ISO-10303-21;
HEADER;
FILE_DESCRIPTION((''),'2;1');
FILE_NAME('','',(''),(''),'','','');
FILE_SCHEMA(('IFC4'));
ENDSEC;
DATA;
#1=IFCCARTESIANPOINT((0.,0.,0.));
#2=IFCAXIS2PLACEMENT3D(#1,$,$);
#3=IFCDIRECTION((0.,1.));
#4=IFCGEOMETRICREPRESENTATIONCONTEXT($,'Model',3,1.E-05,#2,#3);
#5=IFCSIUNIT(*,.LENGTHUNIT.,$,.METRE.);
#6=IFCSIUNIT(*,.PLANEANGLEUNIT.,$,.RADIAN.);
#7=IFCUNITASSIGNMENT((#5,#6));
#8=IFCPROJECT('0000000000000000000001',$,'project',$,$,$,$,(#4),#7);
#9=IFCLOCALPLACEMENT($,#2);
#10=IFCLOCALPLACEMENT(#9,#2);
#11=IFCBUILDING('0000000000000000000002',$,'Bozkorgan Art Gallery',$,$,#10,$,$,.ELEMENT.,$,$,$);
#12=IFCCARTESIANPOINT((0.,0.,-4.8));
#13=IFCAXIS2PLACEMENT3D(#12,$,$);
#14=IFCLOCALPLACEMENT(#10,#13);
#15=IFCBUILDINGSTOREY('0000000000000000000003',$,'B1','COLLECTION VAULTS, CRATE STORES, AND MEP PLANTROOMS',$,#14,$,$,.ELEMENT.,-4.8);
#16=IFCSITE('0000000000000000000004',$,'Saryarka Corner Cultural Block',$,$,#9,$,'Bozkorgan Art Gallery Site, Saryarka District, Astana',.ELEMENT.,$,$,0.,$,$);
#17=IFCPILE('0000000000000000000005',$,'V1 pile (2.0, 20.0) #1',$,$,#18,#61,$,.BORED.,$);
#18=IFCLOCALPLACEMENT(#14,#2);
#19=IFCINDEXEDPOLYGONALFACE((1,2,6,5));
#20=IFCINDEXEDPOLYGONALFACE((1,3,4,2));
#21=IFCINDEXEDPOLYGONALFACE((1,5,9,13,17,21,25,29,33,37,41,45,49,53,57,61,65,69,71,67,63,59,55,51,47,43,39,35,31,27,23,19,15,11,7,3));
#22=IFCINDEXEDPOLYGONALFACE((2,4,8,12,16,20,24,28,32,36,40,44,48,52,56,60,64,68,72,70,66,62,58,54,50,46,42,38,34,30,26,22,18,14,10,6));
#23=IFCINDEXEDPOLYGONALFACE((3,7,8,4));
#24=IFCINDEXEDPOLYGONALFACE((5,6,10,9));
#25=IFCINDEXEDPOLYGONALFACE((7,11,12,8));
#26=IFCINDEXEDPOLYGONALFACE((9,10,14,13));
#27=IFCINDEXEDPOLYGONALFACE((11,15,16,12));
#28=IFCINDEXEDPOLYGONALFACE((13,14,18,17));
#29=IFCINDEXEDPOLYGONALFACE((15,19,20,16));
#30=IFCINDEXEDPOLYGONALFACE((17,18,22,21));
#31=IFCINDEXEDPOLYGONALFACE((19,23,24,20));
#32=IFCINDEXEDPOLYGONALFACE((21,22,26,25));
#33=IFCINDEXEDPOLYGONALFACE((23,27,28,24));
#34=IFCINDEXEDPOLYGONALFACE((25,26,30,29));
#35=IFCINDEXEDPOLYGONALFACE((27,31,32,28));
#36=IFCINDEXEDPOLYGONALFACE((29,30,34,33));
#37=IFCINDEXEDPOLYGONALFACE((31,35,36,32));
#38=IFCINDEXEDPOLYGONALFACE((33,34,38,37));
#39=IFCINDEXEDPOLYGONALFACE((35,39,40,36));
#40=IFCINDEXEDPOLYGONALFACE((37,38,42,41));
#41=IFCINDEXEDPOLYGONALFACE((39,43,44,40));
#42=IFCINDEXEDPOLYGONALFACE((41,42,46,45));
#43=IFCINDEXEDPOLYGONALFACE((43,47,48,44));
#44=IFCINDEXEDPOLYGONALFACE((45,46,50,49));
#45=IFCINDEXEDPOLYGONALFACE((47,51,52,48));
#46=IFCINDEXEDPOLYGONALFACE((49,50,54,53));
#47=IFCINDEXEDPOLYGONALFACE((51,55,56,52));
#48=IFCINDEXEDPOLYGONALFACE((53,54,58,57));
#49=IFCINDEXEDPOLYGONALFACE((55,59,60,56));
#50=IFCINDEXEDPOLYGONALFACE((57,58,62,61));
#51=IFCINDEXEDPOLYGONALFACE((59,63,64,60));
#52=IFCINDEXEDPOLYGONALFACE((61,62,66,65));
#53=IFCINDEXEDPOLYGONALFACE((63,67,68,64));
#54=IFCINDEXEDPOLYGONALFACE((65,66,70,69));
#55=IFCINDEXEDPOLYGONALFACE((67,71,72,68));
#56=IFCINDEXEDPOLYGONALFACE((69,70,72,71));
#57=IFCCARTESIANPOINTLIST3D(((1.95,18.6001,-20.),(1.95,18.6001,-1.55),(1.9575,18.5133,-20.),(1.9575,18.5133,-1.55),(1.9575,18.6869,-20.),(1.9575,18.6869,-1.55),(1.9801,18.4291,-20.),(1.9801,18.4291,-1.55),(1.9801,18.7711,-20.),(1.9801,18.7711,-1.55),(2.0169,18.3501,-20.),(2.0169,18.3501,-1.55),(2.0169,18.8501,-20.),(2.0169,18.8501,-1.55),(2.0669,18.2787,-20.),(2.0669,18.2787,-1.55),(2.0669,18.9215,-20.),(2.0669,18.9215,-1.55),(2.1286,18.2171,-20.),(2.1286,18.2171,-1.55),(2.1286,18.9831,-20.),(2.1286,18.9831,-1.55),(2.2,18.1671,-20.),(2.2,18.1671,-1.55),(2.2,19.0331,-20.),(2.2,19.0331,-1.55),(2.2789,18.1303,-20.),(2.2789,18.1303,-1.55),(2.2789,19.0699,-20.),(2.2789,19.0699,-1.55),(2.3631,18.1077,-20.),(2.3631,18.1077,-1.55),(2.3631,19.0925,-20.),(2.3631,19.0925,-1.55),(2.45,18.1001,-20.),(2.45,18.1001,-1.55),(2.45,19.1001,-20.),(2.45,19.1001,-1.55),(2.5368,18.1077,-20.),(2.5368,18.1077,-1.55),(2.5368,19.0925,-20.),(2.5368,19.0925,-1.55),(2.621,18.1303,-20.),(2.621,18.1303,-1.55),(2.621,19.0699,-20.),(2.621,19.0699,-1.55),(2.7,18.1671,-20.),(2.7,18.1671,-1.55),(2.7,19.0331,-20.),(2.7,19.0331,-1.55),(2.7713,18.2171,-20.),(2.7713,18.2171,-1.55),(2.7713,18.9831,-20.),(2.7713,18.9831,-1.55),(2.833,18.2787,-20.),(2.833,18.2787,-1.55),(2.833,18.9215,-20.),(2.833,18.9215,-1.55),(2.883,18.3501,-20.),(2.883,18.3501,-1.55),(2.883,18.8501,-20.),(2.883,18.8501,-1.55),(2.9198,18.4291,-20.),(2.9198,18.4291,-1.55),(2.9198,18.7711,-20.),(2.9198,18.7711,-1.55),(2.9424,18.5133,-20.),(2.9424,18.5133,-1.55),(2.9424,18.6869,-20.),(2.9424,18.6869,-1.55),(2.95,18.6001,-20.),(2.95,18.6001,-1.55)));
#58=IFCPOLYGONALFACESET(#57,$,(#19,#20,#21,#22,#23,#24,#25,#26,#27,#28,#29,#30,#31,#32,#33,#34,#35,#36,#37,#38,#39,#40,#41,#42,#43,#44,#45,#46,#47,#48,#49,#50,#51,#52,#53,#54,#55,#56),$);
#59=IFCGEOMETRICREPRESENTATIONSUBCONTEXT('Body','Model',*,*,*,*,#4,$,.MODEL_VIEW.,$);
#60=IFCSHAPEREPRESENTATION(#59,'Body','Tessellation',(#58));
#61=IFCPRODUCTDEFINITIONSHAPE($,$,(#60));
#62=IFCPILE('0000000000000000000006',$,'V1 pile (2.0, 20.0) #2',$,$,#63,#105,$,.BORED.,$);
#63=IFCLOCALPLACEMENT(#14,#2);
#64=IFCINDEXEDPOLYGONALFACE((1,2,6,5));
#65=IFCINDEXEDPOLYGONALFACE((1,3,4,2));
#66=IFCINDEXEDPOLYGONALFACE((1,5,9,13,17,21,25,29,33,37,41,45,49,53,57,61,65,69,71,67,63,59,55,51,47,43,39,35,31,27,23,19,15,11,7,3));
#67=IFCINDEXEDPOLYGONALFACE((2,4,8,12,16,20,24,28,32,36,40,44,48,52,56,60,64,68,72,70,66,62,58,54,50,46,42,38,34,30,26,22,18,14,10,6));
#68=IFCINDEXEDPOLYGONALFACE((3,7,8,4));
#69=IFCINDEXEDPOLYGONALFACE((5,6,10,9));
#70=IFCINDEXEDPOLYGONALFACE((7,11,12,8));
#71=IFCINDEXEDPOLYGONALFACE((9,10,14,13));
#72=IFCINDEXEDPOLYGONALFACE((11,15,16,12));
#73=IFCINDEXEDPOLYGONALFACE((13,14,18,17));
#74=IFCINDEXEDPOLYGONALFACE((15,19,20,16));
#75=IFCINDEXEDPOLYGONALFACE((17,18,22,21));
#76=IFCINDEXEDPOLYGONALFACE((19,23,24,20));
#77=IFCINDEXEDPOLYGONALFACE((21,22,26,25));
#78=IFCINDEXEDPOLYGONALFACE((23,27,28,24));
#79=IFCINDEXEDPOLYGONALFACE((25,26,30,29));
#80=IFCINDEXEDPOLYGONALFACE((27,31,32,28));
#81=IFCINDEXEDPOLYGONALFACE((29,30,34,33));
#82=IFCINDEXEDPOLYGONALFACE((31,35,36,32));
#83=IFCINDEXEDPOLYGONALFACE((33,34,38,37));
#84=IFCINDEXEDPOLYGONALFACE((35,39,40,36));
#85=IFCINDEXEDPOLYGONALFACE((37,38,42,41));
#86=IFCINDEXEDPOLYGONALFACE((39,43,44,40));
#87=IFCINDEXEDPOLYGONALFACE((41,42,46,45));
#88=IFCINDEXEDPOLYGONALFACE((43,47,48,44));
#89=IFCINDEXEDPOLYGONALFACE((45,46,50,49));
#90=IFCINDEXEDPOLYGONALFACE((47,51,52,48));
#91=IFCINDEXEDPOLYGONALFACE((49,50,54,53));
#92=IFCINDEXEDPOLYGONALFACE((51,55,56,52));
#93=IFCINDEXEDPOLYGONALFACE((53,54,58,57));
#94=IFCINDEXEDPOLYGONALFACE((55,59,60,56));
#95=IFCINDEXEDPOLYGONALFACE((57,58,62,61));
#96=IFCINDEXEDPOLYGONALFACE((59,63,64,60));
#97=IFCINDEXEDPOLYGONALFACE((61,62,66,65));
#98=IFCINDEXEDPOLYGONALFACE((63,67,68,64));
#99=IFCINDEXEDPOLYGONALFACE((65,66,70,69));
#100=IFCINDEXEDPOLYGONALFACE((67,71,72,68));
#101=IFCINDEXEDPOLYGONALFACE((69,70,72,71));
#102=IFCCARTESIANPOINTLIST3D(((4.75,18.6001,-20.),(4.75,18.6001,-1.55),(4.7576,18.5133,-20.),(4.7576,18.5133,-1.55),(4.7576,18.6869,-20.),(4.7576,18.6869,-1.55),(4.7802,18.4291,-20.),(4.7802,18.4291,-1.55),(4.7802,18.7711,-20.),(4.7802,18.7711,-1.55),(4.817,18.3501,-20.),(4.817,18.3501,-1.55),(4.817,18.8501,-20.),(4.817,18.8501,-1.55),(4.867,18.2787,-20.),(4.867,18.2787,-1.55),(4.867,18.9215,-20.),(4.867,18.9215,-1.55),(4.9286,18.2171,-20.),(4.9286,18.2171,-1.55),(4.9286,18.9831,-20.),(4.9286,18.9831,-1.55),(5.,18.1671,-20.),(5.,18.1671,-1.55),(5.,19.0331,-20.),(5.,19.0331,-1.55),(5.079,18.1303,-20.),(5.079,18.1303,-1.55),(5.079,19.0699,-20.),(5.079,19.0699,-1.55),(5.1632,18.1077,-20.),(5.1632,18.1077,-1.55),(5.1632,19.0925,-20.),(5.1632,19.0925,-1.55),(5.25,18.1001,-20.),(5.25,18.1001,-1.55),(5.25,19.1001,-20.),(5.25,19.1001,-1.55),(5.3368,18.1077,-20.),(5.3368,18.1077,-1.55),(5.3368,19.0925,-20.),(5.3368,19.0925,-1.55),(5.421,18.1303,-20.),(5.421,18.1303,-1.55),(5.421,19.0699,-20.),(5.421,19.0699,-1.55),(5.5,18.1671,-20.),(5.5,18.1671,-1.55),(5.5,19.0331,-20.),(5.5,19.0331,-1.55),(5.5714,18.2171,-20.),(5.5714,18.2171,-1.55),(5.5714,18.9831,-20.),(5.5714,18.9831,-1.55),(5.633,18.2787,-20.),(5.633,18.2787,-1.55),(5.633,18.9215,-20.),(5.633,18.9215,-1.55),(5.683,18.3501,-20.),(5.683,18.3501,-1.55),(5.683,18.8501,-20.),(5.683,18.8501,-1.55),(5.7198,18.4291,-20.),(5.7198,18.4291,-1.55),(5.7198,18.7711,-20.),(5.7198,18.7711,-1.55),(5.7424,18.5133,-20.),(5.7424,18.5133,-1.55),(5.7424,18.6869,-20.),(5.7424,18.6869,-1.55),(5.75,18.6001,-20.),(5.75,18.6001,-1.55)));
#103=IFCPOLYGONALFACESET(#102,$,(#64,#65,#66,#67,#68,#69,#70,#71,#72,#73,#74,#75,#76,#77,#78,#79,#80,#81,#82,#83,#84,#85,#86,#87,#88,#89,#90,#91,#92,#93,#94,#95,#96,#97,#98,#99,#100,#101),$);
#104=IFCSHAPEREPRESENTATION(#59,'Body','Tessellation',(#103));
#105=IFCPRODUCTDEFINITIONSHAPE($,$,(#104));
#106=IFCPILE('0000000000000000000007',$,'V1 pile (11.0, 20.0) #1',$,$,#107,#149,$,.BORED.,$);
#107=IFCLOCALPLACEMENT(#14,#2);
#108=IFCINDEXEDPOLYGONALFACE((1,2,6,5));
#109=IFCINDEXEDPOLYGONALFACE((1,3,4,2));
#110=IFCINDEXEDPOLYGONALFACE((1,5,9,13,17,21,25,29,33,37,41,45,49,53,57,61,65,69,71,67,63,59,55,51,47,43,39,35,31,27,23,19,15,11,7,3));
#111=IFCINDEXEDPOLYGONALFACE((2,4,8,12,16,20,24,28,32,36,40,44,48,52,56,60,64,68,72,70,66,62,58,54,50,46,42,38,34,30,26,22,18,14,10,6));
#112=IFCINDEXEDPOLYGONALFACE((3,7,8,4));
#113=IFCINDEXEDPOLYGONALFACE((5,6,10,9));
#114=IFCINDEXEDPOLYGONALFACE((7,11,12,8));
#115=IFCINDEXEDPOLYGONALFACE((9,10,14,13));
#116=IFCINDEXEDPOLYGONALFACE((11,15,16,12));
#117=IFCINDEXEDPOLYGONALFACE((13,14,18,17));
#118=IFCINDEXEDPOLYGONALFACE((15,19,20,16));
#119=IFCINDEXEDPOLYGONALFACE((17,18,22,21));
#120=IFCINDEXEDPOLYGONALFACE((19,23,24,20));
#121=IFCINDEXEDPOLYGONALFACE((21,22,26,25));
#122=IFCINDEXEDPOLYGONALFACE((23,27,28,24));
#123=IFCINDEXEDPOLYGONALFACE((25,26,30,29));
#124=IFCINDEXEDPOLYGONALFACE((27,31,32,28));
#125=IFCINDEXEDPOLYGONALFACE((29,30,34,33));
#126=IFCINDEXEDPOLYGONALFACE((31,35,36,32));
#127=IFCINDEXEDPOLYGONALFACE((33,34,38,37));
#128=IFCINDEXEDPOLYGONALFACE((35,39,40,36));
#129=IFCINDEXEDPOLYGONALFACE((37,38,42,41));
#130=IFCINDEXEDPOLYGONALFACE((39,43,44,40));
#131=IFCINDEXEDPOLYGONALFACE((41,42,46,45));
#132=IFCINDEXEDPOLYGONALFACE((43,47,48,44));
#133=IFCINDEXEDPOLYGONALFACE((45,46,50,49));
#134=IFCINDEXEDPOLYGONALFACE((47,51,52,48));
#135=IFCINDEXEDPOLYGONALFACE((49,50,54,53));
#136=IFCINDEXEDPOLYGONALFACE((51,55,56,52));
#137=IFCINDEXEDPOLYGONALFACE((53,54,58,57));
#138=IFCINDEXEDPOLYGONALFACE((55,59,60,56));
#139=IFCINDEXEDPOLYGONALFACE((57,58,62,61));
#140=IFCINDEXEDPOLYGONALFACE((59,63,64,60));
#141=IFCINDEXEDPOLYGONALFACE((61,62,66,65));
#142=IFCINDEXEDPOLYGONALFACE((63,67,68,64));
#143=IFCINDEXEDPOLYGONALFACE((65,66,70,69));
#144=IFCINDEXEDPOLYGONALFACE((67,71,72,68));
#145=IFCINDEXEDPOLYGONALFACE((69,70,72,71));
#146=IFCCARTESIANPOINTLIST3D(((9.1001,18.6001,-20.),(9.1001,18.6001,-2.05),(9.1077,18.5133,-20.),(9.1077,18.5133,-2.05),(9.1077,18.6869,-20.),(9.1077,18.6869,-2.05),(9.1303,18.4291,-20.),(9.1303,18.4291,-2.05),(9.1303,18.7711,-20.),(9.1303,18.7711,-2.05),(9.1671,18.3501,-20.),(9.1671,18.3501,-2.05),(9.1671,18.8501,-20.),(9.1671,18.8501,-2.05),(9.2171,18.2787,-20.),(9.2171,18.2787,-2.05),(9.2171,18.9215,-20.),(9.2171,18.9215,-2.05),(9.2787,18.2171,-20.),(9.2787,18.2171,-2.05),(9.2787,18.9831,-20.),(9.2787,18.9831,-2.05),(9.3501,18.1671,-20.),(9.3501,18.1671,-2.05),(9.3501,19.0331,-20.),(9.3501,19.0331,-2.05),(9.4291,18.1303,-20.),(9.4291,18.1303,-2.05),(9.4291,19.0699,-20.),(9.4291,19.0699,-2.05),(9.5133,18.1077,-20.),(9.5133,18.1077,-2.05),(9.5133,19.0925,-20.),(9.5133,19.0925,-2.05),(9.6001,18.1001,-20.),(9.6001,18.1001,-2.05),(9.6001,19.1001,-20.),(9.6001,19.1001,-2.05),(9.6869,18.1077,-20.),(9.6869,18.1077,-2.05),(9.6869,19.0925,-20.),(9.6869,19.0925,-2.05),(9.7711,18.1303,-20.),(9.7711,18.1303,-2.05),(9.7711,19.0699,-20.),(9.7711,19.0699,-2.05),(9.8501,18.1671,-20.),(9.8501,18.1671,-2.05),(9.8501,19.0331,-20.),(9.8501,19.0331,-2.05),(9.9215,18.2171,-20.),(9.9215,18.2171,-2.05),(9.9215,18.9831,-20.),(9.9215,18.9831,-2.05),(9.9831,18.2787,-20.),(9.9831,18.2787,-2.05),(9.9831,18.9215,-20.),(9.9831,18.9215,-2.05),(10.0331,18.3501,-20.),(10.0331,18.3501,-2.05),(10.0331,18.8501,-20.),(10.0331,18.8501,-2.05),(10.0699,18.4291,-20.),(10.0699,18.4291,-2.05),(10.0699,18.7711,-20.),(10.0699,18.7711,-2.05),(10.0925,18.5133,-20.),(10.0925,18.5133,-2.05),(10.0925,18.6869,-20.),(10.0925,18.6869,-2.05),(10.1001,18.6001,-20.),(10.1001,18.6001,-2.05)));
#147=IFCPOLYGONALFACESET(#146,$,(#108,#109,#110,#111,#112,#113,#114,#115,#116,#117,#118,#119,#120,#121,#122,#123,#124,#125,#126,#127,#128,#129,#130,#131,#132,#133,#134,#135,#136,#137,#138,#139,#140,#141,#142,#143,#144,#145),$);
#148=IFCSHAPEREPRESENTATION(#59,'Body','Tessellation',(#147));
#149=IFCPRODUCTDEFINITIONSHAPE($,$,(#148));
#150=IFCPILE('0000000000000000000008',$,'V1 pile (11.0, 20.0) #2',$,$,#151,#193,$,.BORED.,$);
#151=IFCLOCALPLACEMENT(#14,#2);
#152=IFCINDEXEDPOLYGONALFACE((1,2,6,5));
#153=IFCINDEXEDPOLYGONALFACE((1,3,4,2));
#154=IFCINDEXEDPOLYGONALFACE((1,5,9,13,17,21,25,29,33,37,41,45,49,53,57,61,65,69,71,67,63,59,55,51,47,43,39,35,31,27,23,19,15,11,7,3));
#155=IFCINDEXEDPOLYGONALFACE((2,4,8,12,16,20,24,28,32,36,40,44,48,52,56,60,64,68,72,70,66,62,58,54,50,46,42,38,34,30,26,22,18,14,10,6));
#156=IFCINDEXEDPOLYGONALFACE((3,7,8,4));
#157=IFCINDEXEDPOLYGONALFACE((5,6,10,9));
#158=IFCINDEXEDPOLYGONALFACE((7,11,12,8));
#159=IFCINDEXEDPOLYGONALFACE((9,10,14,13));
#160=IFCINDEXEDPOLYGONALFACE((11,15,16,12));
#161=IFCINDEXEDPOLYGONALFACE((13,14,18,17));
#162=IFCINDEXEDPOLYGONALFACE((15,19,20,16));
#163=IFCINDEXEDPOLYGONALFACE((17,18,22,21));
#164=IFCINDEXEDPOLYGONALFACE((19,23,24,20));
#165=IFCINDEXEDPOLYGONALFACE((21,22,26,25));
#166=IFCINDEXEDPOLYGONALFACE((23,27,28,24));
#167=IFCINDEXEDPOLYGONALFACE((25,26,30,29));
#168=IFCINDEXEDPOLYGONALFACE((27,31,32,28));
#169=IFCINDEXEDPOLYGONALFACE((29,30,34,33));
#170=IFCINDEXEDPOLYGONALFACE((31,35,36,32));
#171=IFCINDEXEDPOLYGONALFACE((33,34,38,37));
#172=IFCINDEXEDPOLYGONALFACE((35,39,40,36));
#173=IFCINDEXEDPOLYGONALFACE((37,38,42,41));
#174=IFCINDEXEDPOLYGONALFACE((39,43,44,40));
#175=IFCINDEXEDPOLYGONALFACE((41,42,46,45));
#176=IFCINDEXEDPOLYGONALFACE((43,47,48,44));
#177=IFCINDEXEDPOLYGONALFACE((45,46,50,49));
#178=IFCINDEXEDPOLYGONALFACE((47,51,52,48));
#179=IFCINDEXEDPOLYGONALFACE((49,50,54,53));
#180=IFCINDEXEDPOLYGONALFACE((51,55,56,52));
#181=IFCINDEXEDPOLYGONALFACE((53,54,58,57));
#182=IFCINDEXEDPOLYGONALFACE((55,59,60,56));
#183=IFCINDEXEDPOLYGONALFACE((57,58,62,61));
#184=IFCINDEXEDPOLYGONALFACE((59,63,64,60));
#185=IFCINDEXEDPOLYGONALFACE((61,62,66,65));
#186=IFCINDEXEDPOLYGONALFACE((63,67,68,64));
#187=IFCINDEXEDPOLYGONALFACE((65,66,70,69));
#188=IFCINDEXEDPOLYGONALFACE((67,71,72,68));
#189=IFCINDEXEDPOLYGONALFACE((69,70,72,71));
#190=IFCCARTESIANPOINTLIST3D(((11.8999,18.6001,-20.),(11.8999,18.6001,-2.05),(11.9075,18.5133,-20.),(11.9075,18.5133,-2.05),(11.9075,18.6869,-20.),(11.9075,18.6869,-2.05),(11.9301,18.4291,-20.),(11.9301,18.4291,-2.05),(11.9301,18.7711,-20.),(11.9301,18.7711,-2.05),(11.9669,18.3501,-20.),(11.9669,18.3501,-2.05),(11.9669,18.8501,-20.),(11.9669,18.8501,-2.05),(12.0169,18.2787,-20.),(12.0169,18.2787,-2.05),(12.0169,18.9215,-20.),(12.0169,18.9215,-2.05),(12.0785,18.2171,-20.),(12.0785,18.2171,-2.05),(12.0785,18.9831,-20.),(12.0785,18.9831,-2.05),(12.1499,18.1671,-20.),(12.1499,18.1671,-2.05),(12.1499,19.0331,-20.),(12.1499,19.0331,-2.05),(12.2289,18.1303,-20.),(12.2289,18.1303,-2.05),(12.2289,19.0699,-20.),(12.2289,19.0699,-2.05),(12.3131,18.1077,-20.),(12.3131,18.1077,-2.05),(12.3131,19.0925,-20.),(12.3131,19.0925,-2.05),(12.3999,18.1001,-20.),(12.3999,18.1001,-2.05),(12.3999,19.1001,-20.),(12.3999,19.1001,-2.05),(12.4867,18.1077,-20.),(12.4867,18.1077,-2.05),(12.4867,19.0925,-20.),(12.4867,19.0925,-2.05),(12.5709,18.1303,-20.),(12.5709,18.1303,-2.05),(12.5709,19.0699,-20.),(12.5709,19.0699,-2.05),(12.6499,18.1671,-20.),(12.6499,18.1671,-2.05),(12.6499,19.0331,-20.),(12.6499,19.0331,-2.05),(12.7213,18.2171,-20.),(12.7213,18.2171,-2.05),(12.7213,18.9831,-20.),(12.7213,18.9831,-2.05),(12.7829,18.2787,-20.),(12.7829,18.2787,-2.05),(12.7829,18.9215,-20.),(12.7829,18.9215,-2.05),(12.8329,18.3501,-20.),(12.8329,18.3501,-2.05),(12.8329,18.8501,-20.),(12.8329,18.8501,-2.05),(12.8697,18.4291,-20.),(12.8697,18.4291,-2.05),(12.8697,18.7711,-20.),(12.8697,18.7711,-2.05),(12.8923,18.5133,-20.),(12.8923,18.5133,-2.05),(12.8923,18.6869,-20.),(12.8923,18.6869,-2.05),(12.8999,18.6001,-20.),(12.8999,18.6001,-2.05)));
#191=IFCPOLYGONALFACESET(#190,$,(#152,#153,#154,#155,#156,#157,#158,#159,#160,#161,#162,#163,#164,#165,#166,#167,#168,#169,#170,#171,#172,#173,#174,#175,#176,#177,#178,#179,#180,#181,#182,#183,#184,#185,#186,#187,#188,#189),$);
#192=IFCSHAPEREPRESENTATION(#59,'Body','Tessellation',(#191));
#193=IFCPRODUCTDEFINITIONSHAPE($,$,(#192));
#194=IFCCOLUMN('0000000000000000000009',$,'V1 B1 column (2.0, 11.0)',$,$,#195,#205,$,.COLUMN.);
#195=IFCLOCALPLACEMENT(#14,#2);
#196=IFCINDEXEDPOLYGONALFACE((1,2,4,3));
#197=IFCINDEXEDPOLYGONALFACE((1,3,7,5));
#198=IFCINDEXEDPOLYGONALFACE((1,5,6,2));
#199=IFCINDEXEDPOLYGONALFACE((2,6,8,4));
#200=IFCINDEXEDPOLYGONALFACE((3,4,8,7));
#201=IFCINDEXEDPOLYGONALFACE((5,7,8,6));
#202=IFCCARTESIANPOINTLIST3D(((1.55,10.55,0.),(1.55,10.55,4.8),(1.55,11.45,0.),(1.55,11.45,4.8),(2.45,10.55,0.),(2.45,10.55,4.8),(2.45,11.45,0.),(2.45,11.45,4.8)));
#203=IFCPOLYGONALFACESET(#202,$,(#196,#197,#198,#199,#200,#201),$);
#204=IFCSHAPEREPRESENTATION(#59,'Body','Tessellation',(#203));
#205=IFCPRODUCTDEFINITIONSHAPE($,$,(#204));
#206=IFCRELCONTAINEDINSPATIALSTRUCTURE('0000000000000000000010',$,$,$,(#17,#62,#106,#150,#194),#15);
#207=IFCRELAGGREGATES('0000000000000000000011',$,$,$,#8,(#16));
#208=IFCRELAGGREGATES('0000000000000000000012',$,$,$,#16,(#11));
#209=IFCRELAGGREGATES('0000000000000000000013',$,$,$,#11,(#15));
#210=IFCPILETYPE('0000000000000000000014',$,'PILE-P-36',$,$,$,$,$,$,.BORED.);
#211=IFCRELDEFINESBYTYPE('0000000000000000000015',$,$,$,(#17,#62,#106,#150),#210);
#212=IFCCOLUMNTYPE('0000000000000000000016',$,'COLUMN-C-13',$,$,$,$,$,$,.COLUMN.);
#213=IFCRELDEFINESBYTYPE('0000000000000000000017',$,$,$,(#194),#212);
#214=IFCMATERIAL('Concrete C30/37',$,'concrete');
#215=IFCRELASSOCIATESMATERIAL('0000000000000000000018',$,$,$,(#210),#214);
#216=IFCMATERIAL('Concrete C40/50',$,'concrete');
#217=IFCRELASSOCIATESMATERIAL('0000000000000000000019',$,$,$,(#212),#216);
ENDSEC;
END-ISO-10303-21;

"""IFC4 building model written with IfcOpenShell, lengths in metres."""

from ifc_helpers import new_model, si_unit, direction, frame, origin, origin_2d, place, context, subcontext, project, spatial, rectangle, circle, extrude, material, material_profile, profile_set, type_object, element, save


model = new_model("IFC4")

# Units and contexts
model_context = context("Model", 3, precision=1e-05, world=origin(), true_north=direction((0.0, 1.0)))
body_context = subcontext(model_context, "Body", "Model", "MODEL_VIEW")
ifc_project = project(units=[si_unit("LENGTHUNIT", "METRE"), si_unit("PLANEANGLEUNIT", "RADIAN")], contexts=[model_context])

# Site, building, storey
site_placement = place(None, origin())
site = spatial("IfcSite", under=ifc_project, at=site_placement, Name="Saryarka Corner Cultural Block", LongName="Bozkorgan Art Gallery Site, Saryarka District, Astana", CompositionType="ELEMENT", RefElevation=0.0)
building_placement = place(site_placement, origin())
building = spatial("IfcBuilding", under=site, at=building_placement, Name="Bozkorgan Art Gallery", CompositionType="ELEMENT")
storey_placement = place(building_placement, frame((0.0, 0.0, -4.8)))
storey = spatial("IfcBuildingStorey", under=building, at=storey_placement, Name="B1", Description="COLLECTION VAULTS, CRATE STORES, AND MEP PLANTROOMS", CompositionType="ELEMENT", Elevation=-4.8)

# Shared definitions
ifc_material_1 = material(Name="Concrete C30/37", Category="concrete")

# Piles
ifc_material_profile_1 = material_profile(ifc_material_1, circle(Radius=0.5, at=origin_2d()), Name="PILE D1000")
ifc_profile_set_1 = profile_set([ifc_material_profile_1], Name="Concrete C30/37")
pile_type = type_object("IfcPileType", Name="PILE-P-36", PredefinedType="BORED", material=ifc_profile_set_1)
for number, where, z_axis, x_axis, name in (
    (1, (2.45, 18.6001, -1.55), (0.0, 0.0, -1.0), (1.0, 0.0, 0.0), "V1 pile (2.0, 20.0) #1"),
    (2, (5.25, 18.6001, -1.55), (0.0, 0.0, -1.0), (1.0, 0.0, 0.0), "V1 pile (2.0, 20.0) #2"),
):
    element("IfcPile", number, at=place(storey_placement, frame(where, z_axis=z_axis, x_axis=x_axis)), inside=storey, type_object=pile_type, Name=name, PredefinedType="BORED", context=body_context, shape_type="SweptSolid", body=[
        extrude(circle(Radius=0.5, at=origin_2d()), origin(), (0.0, 0.0, 1.0), 18.45),
    ])
for number, where, z_axis, x_axis, name in (
    (3, (9.6001, 18.6001, -2.05), (0.0, 0.0, -1.0), (1.0, 0.0, 0.0), "V1 pile (11.0, 20.0) #1"),
    (4, (12.3999, 18.6001, -2.05), (0.0, 0.0, -1.0), (1.0, 0.0, 0.0), "V1 pile (11.0, 20.0) #2"),
):
    element("IfcPile", number, at=place(storey_placement, frame(where, z_axis=z_axis, x_axis=x_axis)), inside=storey, type_object=pile_type, Name=name, PredefinedType="BORED", context=body_context, shape_type="SweptSolid", body=[
        extrude(circle(Radius=0.5, at=origin_2d()), origin(), (0.0, 0.0, 1.0), 17.95),
    ])

# Column
ifc_material_2 = material(Name="Concrete C40/50", Category="concrete")
ifc_material_profile_2 = material_profile(ifc_material_2, rectangle(XDim=0.8999, YDim=0.8999, at=origin_2d()), Name="RC 900x900")
ifc_profile_set_2 = profile_set([ifc_material_profile_2], Name="Concrete C40/50")
column_type = type_object("IfcColumnType", Name="COLUMN-C-13", PredefinedType="COLUMN", material=ifc_profile_set_2)
for number, where, z_axis, x_axis, name in (
    (5, (2.0, 11.0, 0.0), (0.0, 0.0, 1.0), (1.0, 0.0, 0.0), "V1 B1 column (2.0, 11.0)"),
):
    element("IfcColumn", number, at=place(storey_placement, frame(where, z_axis=z_axis, x_axis=x_axis)), inside=storey, type_object=column_type, Name=name, PredefinedType="COLUMN", context=body_context, shape_type="SweptSolid", body=[
        extrude(rectangle(XDim=0.8999, YDim=0.8999, at=origin_2d()), origin(), (0.0, 0.0, 1.0), 4.8),
    ])

save(model, "model.ifc")
